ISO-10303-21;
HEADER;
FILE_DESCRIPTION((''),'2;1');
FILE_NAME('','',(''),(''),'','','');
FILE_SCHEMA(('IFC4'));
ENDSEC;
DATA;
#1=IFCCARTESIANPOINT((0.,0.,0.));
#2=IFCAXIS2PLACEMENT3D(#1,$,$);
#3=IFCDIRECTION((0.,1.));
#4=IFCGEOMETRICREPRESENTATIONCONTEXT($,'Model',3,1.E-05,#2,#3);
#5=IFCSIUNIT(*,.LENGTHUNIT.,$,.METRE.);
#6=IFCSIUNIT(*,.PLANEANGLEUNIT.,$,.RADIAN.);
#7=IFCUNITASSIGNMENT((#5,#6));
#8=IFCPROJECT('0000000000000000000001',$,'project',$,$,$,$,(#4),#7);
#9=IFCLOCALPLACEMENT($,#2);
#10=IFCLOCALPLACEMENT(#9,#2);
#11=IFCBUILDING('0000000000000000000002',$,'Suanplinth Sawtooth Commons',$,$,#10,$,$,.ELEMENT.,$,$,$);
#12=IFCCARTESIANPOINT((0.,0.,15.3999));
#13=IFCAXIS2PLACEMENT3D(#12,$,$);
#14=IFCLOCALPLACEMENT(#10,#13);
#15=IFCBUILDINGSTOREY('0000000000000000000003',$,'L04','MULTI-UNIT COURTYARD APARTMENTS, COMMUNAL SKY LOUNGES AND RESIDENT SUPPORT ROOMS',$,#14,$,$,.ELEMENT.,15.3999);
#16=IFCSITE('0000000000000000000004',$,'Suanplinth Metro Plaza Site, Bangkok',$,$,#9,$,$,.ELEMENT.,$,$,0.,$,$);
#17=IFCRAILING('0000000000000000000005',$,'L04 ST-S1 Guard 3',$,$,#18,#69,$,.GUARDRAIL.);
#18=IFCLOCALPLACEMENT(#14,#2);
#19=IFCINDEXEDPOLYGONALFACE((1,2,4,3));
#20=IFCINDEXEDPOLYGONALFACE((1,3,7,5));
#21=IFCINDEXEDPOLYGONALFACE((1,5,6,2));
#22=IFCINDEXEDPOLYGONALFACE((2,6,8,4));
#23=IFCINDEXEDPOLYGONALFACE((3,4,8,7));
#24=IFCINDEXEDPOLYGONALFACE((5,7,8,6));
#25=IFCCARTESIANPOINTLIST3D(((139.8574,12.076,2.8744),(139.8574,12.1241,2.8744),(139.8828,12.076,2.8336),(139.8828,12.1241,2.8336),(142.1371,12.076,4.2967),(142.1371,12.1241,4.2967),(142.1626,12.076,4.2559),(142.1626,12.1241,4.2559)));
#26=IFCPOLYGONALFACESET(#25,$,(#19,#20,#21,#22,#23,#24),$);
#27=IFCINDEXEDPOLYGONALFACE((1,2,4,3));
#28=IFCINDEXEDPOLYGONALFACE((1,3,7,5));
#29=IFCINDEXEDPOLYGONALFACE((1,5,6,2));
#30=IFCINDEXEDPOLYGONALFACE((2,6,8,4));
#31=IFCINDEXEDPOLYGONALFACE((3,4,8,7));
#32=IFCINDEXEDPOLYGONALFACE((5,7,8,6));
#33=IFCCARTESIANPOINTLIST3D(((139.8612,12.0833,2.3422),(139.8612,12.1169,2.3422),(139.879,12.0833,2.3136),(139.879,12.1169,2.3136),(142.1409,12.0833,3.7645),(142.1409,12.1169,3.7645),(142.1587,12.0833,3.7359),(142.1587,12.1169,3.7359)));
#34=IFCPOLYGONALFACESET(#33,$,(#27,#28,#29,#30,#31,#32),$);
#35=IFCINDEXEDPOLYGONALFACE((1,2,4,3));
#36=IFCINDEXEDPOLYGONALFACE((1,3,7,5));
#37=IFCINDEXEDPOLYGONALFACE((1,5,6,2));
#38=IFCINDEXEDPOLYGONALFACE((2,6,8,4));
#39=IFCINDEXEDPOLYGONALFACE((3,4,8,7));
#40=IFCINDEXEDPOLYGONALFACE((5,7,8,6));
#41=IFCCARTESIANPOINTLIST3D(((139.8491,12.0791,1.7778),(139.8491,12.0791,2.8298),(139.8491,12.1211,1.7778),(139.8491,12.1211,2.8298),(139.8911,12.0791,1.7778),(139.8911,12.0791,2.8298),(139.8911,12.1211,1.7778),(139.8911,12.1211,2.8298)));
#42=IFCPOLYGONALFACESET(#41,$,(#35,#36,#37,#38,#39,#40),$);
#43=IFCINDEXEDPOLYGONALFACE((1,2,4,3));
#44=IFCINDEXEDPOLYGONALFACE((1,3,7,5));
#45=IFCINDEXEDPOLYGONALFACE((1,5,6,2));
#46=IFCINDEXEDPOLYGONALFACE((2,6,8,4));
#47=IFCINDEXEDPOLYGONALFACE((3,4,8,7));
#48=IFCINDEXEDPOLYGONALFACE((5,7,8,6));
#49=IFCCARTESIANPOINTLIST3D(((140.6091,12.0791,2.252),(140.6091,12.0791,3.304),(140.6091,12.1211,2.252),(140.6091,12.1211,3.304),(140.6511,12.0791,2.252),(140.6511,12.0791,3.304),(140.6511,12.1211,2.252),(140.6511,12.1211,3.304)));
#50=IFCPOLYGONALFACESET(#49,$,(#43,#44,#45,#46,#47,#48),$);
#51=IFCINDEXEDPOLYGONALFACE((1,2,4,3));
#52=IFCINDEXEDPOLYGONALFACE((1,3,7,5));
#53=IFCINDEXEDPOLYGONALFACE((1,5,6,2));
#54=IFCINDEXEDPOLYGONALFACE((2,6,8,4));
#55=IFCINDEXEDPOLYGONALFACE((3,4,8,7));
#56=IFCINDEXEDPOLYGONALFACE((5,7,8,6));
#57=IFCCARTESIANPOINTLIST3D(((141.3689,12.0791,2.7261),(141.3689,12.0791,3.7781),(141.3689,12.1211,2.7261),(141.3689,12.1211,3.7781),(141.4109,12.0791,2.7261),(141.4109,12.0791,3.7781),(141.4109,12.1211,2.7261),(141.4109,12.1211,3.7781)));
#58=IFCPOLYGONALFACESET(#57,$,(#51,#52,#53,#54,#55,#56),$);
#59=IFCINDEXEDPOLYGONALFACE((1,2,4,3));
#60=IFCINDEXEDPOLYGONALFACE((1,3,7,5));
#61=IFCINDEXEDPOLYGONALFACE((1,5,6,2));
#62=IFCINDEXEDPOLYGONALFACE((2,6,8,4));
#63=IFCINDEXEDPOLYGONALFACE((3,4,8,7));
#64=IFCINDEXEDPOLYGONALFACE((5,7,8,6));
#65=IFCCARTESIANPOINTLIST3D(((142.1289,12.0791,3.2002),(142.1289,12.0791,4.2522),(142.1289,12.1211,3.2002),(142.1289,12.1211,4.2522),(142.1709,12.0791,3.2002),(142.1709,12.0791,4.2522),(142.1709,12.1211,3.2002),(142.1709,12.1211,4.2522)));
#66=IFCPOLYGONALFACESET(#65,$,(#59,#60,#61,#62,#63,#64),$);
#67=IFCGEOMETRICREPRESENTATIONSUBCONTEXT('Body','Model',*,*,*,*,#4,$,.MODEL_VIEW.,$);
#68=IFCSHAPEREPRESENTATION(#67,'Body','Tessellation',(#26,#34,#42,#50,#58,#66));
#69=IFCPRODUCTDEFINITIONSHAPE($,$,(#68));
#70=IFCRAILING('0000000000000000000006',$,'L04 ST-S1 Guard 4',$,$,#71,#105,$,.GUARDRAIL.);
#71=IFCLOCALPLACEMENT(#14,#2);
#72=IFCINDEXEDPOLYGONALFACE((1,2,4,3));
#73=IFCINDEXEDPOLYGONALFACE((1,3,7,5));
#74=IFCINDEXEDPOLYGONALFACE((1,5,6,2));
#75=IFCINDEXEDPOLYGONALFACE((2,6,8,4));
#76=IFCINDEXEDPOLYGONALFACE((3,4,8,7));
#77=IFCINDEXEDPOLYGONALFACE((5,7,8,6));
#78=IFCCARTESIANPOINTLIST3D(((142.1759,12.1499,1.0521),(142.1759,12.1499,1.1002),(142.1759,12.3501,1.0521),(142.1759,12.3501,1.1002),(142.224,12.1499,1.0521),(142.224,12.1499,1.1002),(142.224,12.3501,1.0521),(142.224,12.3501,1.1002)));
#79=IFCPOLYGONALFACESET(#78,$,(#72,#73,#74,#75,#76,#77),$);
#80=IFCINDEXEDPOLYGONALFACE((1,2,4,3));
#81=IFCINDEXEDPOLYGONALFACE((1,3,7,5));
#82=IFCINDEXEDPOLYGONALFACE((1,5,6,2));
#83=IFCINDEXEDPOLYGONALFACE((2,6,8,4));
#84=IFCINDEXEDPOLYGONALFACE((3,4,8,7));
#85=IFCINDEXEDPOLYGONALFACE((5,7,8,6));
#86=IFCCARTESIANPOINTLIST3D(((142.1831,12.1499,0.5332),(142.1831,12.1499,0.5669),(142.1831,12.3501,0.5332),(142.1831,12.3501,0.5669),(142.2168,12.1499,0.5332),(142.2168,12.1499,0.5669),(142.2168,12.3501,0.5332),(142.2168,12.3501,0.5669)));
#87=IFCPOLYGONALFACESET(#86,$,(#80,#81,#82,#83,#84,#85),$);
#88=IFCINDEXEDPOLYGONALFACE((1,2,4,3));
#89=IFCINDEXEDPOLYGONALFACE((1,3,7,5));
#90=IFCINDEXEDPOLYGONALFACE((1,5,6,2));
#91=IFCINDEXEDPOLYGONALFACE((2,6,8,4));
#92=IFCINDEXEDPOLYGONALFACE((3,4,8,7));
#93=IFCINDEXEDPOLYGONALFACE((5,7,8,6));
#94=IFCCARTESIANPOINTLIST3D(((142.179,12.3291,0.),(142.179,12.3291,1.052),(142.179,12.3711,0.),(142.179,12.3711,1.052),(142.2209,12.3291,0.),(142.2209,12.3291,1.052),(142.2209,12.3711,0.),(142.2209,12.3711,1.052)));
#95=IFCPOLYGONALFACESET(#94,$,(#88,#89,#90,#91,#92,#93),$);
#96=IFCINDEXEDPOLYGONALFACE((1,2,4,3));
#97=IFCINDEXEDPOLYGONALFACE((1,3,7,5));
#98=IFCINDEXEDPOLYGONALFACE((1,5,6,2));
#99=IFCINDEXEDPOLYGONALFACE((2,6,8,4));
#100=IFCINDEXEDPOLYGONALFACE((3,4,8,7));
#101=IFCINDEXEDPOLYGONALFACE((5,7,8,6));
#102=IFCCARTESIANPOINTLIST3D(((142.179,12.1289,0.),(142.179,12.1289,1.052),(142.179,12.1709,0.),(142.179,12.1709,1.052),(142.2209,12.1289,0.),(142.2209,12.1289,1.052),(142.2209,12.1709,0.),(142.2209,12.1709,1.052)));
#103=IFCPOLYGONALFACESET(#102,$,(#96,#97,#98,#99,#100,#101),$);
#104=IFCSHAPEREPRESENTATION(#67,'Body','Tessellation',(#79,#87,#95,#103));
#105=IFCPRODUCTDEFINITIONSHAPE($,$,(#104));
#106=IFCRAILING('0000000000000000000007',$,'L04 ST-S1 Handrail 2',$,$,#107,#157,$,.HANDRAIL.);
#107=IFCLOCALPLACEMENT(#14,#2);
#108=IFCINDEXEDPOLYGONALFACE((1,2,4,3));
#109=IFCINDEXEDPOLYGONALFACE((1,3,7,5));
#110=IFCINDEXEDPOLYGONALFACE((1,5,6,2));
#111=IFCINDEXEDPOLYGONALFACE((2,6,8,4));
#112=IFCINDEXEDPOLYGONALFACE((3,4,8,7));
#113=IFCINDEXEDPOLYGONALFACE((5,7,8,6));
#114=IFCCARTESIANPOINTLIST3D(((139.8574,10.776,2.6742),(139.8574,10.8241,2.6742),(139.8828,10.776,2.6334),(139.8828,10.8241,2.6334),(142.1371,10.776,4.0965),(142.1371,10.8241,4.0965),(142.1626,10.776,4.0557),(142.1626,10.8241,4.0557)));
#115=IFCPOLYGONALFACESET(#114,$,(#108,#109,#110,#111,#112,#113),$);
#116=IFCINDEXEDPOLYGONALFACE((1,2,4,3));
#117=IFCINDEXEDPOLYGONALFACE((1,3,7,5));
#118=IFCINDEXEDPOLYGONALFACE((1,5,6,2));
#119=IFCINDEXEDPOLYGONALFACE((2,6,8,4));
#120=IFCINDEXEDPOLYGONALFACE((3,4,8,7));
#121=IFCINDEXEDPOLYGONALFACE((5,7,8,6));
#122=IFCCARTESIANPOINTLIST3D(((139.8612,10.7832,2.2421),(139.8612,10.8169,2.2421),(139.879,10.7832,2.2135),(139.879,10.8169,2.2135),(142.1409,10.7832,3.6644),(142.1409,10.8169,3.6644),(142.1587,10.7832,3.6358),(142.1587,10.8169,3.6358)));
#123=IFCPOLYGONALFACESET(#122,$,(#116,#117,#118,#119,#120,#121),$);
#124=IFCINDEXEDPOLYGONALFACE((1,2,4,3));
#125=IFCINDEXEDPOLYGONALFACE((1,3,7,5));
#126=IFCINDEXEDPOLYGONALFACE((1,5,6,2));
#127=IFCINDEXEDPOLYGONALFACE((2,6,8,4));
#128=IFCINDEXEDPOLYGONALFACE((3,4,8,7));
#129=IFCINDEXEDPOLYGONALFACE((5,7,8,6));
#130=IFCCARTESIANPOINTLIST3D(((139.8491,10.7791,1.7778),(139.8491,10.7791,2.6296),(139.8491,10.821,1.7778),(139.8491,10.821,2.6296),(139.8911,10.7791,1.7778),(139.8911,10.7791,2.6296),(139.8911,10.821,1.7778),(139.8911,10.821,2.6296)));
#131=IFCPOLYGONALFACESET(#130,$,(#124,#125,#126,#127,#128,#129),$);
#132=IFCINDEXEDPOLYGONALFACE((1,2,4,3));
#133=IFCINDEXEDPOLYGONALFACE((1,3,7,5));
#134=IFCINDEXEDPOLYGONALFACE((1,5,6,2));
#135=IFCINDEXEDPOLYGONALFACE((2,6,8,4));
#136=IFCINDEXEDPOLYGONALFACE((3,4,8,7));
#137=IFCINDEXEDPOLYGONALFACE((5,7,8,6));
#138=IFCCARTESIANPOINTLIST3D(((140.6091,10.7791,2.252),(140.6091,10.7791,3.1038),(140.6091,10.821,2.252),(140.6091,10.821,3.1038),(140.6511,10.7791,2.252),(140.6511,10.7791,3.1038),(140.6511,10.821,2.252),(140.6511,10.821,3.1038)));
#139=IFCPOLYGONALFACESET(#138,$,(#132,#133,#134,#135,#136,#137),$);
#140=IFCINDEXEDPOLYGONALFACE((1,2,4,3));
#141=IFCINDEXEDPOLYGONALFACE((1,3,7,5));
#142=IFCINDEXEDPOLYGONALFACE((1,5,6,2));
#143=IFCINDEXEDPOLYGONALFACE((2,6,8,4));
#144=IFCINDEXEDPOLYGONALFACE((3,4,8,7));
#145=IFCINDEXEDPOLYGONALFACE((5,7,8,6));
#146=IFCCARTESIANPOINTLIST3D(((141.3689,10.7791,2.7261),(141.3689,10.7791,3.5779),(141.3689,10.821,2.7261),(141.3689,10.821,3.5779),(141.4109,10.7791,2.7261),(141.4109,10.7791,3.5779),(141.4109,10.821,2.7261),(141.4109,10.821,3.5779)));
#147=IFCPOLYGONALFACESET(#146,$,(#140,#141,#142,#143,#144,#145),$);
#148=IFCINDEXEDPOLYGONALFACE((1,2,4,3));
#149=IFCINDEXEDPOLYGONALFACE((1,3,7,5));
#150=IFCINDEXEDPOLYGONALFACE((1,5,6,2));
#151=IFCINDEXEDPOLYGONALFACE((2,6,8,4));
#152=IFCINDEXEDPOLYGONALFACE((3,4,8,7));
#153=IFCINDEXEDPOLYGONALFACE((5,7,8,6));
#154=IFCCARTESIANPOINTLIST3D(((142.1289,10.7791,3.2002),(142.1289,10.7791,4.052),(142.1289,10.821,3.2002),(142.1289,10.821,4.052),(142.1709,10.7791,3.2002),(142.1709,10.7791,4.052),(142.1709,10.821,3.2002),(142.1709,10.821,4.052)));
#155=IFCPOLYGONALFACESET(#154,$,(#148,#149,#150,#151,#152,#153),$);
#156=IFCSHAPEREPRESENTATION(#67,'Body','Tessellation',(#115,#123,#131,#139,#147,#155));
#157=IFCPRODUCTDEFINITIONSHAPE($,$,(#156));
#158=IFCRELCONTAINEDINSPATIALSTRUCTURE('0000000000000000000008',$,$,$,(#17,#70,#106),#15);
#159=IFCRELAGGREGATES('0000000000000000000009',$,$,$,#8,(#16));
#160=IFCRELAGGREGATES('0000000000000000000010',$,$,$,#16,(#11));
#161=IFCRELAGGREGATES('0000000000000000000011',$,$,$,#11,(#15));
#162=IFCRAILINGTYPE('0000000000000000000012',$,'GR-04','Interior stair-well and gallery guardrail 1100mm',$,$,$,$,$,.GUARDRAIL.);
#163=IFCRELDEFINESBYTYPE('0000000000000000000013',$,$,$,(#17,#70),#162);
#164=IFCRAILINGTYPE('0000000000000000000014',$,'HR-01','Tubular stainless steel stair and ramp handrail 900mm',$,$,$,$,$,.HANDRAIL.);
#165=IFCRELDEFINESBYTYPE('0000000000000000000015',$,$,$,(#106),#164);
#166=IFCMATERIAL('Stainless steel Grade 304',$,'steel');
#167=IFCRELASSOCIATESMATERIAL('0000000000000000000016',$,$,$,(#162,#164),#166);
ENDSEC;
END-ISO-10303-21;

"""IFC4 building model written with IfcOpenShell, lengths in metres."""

from ifc_helpers import new_model, si_unit, direction, frame, origin, origin_2d, place, context, subcontext, project, spatial, rectangle, extrude, material, type_object, element, save


model = new_model("IFC4")

# Units and contexts
model_context = context("Model", 3, precision=1e-05, world=origin(), true_north=direction((0.0, 1.0)))
body_context = subcontext(model_context, "Body", "Model", "MODEL_VIEW")
ifc_project = project(units=[si_unit("LENGTHUNIT", "METRE"), si_unit("PLANEANGLEUNIT", "RADIAN")], contexts=[model_context])

# Site, building, storey
site_placement = place(None, origin())
site = spatial("IfcSite", under=ifc_project, at=site_placement, Name="Suanplinth Metro Plaza Site, Bangkok", CompositionType="ELEMENT", RefElevation=0.0)
building_placement = place(site_placement, origin())
building = spatial("IfcBuilding", under=site, at=building_placement, Name="Suanplinth Sawtooth Commons", CompositionType="ELEMENT")
storey_placement = place(building_placement, frame((0.0, 0.0, 15.3999)))
storey = spatial("IfcBuildingStorey", under=building, at=storey_placement, Name="L04", Description="MULTI-UNIT COURTYARD APARTMENTS, COMMUNAL SKY LOUNGES AND RESIDENT SUPPORT ROOMS", CompositionType="ELEMENT", Elevation=15.3999)

# Shared definitions
ifc_material_1 = material(Name="Stainless steel Grade 304", Category="steel")

# Railings
railing_type_1 = type_object("IfcRailingType", Name="GR-04", Description="Interior stair-well and gallery guardrail 1100mm", PredefinedType="GUARDRAIL", material=ifc_material_1)
railing_1_placement = place(storey_placement, frame((139.8701, 12.1001, 1.7778)))
element("IfcRailing", 1, at=railing_1_placement, inside=storey, type_object=railing_type_1, Name="L04 ST-S1 Guard 3", PredefinedType="GUARDRAIL", context=body_context, shape_type="SweptSolid", body=[
    extrude(rectangle(XDim=0.0481, YDim=0.0481, at=origin_2d()), frame((0.0, 0.0, 1.0762), z_axis=(0.848417, 0.0, 0.529329), x_axis=(0.0, 1.0, 0.0)), (0.0, 0.0, 1.0), 2.687),
    extrude(rectangle(XDim=0.0337, YDim=0.0337, at=origin_2d()), frame((0.0, 0.0, 0.55), z_axis=(0.848417, 0.0, 0.529329), x_axis=(0.0, 1.0, 0.0)), (0.0, 0.0, 1.0), 2.687),
    extrude(rectangle(XDim=0.042, YDim=0.042, at=origin_2d()), origin(), (0.0, 0.0, 1.0), 1.052),
    extrude(rectangle(XDim=0.042, YDim=0.042, at=origin_2d()), frame((0.76, 0.0, 0.4741)), (0.0, 0.0, 1.0), 1.052),
    extrude(rectangle(XDim=0.042, YDim=0.042, at=origin_2d()), frame((1.5198, 0.0, 0.9482)), (0.0, 0.0, 1.0), 1.052),
    extrude(rectangle(XDim=0.042, YDim=0.042, at=origin_2d()), frame((2.2798, 0.0, 1.4224)), (0.0, 0.0, 1.0), 1.052),
])
railing_2_placement = place(storey_placement, frame((142.2, 12.3501, 0.0)))
element("IfcRailing", 2, at=railing_2_placement, inside=storey, type_object=railing_type_1, Name="L04 ST-S1 Guard 4", PredefinedType="GUARDRAIL", context=body_context, shape_type="SweptSolid", body=[
    extrude(rectangle(XDim=0.0481, YDim=0.0481, at=origin_2d()), frame((0.0, 0.0, 1.0762), z_axis=(0.0, -1.0, 0.0), x_axis=(1.0, 0.0, 0.0)), (0.0, 0.0, 1.0), 0.2002),
    extrude(rectangle(XDim=0.0337, YDim=0.0337, at=origin_2d()), frame((0.0, 0.0, 0.55), z_axis=(0.0, -1.0, 0.0), x_axis=(1.0, 0.0, 0.0)), (0.0, 0.0, 1.0), 0.2002),
    extrude(rectangle(XDim=0.042, YDim=0.042, at=origin_2d()), origin(), (0.0, 0.0, 1.0), 1.052),
    extrude(rectangle(XDim=0.042, YDim=0.042, at=origin_2d()), frame((0.0, -0.2002, 0.0)), (0.0, 0.0, 1.0), 1.052),
])
railing_type_2 = type_object("IfcRailingType", Name="HR-01", Description="Tubular stainless steel stair and ramp handrail 900mm", PredefinedType="HANDRAIL", material=ifc_material_1)
railing_3_placement = place(storey_placement, frame((139.8701, 10.8, 1.7778)))
element("IfcRailing", 3, at=railing_3_placement, inside=storey, type_object=railing_type_2, Name="L04 ST-S1 Handrail 2", PredefinedType="HANDRAIL", context=body_context, shape_type="SweptSolid", body=[
    extrude(rectangle(XDim=0.0481, YDim=0.0481, at=origin_2d()), frame((0.0, 0.0, 0.876), z_axis=(0.848417, 0.0, 0.529329), x_axis=(0.0, 1.0, 0.0)), (0.0, 0.0, 1.0), 2.687),
    extrude(rectangle(XDim=0.0337, YDim=0.0337, at=origin_2d()), frame((0.0, 0.0, 0.45), z_axis=(0.848417, 0.0, 0.529329), x_axis=(0.0, 1.0, 0.0)), (0.0, 0.0, 1.0), 2.687),
    extrude(rectangle(XDim=0.042, YDim=0.042, at=origin_2d()), origin(), (0.0, 0.0, 1.0), 0.8518),
    extrude(rectangle(XDim=0.042, YDim=0.042, at=origin_2d()), frame((0.76, 0.0, 0.4741)), (0.0, 0.0, 1.0), 0.8518),
    extrude(rectangle(XDim=0.042, YDim=0.042, at=origin_2d()), frame((1.5198, 0.0, 0.9482)), (0.0, 0.0, 1.0), 0.8518),
    extrude(rectangle(XDim=0.042, YDim=0.042, at=origin_2d()), frame((2.2798, 0.0, 1.4224)), (0.0, 0.0, 1.0), 0.8518),
])

save(model, "model.ifc")
